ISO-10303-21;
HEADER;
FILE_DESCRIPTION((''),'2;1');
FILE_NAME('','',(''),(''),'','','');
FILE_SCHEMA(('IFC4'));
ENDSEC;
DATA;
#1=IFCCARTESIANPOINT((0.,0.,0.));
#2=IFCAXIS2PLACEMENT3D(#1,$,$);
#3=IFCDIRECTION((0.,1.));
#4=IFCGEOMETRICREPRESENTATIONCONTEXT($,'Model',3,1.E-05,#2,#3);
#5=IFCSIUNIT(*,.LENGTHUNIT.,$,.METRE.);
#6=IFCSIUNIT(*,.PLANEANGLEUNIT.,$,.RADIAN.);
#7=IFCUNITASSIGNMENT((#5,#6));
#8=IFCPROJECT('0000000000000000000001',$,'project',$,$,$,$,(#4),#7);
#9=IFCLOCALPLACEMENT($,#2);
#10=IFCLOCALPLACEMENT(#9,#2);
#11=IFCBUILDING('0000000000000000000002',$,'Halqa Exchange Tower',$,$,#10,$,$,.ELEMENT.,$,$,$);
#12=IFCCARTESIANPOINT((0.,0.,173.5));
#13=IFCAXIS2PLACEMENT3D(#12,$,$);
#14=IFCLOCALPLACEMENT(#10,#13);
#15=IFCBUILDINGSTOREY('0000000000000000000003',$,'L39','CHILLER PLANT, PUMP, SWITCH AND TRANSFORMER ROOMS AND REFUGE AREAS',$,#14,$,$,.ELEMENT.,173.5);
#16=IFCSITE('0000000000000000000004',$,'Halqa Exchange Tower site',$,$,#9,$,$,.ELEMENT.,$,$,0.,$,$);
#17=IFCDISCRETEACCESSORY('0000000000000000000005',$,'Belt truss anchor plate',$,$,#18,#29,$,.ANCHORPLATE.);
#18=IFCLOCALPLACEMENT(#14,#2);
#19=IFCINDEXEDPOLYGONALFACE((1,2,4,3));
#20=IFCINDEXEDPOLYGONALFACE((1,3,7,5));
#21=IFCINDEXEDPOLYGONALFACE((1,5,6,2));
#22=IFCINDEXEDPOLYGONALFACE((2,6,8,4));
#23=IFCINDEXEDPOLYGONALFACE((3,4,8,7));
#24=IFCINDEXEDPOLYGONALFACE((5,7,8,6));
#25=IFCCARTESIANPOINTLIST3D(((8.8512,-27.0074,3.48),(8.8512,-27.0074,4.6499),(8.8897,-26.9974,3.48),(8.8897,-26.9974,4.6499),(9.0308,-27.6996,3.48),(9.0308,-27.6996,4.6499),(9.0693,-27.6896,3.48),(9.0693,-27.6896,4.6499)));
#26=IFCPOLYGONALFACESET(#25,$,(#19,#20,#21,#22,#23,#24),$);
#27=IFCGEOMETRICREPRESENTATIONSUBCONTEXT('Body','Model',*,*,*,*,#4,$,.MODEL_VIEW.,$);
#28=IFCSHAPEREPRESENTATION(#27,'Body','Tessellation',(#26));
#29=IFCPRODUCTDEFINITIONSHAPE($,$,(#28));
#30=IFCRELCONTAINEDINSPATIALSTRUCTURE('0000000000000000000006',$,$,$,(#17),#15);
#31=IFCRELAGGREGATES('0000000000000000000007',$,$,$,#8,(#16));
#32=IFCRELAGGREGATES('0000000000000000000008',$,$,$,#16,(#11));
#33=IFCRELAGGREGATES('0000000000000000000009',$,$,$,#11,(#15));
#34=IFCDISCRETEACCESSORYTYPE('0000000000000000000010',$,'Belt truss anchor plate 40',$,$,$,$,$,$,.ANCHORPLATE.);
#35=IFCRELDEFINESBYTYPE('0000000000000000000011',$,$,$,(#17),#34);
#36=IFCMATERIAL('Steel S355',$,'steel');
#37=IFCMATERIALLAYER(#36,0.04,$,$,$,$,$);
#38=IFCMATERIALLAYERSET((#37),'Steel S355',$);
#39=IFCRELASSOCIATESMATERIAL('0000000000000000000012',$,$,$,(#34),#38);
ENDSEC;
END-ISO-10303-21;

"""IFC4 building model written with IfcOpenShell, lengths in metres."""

from ifc_helpers import new_model, si_unit, direction, frame, origin, origin_2d, place, context, subcontext, project, spatial, rectangle, extrude, material, layer, layer_set, type_object, element, save


model = new_model("IFC4")

# Units and contexts
model_context = context("Model", 3, precision=1e-05, world=origin(), true_north=direction((0.0, 1.0)))
body_context = subcontext(model_context, "Body", "Model", "MODEL_VIEW")
ifc_project = project(units=[si_unit("LENGTHUNIT", "METRE"), si_unit("PLANEANGLEUNIT", "RADIAN")], contexts=[model_context])

# Site, building, storey
site_placement = place(None, origin())
site = spatial("IfcSite", under=ifc_project, at=site_placement, Name="Halqa Exchange Tower site", CompositionType="ELEMENT", RefElevation=0.0)
building_placement = place(site_placement, origin())
building = spatial("IfcBuilding", under=site, at=building_placement, Name="Halqa Exchange Tower", CompositionType="ELEMENT")
storey_placement = place(building_placement, frame((0.0, 0.0, 173.5)))
storey = spatial("IfcBuildingStorey", under=building, at=storey_placement, Name="L39", Description="CHILLER PLANT, PUMP, SWITCH AND TRANSFORMER ROOMS AND REFUGE AREAS", CompositionType="ELEMENT", Elevation=173.5)

# Shared definitions
ifc_material_1 = material(Name="Steel S355", Category="steel")

# Discrete accessory
ifc_layer = layer(ifc_material_1, 0.04)
ifc_layer_set = layer_set([ifc_layer], Name="Steel S355")
discrete_accessory_type = type_object("IfcDiscreteAccessoryType", Name="Belt truss anchor plate 40", PredefinedType="ANCHORPLATE", material=ifc_layer_set)
discrete_accessory_1_placement = place(storey_placement, frame((8.9795, -27.3435, 4.0649), z_axis=(-0.967942, -0.251175, 0.0), x_axis=(0.251175, -0.967942, 0.0)))
element("IfcDiscreteAccessory", 1, at=discrete_accessory_1_placement, inside=storey, type_object=discrete_accessory_type, Name="Belt truss anchor plate", PredefinedType="ANCHORPLATE", context=body_context, shape_type="SweptSolid", body=[
    extrude(rectangle(XDim=0.7151, YDim=1.1699, at=origin_2d()), origin(), (0.0, 0.0, 1.0), 0.0398),
])

save(model, "model.ifc")
